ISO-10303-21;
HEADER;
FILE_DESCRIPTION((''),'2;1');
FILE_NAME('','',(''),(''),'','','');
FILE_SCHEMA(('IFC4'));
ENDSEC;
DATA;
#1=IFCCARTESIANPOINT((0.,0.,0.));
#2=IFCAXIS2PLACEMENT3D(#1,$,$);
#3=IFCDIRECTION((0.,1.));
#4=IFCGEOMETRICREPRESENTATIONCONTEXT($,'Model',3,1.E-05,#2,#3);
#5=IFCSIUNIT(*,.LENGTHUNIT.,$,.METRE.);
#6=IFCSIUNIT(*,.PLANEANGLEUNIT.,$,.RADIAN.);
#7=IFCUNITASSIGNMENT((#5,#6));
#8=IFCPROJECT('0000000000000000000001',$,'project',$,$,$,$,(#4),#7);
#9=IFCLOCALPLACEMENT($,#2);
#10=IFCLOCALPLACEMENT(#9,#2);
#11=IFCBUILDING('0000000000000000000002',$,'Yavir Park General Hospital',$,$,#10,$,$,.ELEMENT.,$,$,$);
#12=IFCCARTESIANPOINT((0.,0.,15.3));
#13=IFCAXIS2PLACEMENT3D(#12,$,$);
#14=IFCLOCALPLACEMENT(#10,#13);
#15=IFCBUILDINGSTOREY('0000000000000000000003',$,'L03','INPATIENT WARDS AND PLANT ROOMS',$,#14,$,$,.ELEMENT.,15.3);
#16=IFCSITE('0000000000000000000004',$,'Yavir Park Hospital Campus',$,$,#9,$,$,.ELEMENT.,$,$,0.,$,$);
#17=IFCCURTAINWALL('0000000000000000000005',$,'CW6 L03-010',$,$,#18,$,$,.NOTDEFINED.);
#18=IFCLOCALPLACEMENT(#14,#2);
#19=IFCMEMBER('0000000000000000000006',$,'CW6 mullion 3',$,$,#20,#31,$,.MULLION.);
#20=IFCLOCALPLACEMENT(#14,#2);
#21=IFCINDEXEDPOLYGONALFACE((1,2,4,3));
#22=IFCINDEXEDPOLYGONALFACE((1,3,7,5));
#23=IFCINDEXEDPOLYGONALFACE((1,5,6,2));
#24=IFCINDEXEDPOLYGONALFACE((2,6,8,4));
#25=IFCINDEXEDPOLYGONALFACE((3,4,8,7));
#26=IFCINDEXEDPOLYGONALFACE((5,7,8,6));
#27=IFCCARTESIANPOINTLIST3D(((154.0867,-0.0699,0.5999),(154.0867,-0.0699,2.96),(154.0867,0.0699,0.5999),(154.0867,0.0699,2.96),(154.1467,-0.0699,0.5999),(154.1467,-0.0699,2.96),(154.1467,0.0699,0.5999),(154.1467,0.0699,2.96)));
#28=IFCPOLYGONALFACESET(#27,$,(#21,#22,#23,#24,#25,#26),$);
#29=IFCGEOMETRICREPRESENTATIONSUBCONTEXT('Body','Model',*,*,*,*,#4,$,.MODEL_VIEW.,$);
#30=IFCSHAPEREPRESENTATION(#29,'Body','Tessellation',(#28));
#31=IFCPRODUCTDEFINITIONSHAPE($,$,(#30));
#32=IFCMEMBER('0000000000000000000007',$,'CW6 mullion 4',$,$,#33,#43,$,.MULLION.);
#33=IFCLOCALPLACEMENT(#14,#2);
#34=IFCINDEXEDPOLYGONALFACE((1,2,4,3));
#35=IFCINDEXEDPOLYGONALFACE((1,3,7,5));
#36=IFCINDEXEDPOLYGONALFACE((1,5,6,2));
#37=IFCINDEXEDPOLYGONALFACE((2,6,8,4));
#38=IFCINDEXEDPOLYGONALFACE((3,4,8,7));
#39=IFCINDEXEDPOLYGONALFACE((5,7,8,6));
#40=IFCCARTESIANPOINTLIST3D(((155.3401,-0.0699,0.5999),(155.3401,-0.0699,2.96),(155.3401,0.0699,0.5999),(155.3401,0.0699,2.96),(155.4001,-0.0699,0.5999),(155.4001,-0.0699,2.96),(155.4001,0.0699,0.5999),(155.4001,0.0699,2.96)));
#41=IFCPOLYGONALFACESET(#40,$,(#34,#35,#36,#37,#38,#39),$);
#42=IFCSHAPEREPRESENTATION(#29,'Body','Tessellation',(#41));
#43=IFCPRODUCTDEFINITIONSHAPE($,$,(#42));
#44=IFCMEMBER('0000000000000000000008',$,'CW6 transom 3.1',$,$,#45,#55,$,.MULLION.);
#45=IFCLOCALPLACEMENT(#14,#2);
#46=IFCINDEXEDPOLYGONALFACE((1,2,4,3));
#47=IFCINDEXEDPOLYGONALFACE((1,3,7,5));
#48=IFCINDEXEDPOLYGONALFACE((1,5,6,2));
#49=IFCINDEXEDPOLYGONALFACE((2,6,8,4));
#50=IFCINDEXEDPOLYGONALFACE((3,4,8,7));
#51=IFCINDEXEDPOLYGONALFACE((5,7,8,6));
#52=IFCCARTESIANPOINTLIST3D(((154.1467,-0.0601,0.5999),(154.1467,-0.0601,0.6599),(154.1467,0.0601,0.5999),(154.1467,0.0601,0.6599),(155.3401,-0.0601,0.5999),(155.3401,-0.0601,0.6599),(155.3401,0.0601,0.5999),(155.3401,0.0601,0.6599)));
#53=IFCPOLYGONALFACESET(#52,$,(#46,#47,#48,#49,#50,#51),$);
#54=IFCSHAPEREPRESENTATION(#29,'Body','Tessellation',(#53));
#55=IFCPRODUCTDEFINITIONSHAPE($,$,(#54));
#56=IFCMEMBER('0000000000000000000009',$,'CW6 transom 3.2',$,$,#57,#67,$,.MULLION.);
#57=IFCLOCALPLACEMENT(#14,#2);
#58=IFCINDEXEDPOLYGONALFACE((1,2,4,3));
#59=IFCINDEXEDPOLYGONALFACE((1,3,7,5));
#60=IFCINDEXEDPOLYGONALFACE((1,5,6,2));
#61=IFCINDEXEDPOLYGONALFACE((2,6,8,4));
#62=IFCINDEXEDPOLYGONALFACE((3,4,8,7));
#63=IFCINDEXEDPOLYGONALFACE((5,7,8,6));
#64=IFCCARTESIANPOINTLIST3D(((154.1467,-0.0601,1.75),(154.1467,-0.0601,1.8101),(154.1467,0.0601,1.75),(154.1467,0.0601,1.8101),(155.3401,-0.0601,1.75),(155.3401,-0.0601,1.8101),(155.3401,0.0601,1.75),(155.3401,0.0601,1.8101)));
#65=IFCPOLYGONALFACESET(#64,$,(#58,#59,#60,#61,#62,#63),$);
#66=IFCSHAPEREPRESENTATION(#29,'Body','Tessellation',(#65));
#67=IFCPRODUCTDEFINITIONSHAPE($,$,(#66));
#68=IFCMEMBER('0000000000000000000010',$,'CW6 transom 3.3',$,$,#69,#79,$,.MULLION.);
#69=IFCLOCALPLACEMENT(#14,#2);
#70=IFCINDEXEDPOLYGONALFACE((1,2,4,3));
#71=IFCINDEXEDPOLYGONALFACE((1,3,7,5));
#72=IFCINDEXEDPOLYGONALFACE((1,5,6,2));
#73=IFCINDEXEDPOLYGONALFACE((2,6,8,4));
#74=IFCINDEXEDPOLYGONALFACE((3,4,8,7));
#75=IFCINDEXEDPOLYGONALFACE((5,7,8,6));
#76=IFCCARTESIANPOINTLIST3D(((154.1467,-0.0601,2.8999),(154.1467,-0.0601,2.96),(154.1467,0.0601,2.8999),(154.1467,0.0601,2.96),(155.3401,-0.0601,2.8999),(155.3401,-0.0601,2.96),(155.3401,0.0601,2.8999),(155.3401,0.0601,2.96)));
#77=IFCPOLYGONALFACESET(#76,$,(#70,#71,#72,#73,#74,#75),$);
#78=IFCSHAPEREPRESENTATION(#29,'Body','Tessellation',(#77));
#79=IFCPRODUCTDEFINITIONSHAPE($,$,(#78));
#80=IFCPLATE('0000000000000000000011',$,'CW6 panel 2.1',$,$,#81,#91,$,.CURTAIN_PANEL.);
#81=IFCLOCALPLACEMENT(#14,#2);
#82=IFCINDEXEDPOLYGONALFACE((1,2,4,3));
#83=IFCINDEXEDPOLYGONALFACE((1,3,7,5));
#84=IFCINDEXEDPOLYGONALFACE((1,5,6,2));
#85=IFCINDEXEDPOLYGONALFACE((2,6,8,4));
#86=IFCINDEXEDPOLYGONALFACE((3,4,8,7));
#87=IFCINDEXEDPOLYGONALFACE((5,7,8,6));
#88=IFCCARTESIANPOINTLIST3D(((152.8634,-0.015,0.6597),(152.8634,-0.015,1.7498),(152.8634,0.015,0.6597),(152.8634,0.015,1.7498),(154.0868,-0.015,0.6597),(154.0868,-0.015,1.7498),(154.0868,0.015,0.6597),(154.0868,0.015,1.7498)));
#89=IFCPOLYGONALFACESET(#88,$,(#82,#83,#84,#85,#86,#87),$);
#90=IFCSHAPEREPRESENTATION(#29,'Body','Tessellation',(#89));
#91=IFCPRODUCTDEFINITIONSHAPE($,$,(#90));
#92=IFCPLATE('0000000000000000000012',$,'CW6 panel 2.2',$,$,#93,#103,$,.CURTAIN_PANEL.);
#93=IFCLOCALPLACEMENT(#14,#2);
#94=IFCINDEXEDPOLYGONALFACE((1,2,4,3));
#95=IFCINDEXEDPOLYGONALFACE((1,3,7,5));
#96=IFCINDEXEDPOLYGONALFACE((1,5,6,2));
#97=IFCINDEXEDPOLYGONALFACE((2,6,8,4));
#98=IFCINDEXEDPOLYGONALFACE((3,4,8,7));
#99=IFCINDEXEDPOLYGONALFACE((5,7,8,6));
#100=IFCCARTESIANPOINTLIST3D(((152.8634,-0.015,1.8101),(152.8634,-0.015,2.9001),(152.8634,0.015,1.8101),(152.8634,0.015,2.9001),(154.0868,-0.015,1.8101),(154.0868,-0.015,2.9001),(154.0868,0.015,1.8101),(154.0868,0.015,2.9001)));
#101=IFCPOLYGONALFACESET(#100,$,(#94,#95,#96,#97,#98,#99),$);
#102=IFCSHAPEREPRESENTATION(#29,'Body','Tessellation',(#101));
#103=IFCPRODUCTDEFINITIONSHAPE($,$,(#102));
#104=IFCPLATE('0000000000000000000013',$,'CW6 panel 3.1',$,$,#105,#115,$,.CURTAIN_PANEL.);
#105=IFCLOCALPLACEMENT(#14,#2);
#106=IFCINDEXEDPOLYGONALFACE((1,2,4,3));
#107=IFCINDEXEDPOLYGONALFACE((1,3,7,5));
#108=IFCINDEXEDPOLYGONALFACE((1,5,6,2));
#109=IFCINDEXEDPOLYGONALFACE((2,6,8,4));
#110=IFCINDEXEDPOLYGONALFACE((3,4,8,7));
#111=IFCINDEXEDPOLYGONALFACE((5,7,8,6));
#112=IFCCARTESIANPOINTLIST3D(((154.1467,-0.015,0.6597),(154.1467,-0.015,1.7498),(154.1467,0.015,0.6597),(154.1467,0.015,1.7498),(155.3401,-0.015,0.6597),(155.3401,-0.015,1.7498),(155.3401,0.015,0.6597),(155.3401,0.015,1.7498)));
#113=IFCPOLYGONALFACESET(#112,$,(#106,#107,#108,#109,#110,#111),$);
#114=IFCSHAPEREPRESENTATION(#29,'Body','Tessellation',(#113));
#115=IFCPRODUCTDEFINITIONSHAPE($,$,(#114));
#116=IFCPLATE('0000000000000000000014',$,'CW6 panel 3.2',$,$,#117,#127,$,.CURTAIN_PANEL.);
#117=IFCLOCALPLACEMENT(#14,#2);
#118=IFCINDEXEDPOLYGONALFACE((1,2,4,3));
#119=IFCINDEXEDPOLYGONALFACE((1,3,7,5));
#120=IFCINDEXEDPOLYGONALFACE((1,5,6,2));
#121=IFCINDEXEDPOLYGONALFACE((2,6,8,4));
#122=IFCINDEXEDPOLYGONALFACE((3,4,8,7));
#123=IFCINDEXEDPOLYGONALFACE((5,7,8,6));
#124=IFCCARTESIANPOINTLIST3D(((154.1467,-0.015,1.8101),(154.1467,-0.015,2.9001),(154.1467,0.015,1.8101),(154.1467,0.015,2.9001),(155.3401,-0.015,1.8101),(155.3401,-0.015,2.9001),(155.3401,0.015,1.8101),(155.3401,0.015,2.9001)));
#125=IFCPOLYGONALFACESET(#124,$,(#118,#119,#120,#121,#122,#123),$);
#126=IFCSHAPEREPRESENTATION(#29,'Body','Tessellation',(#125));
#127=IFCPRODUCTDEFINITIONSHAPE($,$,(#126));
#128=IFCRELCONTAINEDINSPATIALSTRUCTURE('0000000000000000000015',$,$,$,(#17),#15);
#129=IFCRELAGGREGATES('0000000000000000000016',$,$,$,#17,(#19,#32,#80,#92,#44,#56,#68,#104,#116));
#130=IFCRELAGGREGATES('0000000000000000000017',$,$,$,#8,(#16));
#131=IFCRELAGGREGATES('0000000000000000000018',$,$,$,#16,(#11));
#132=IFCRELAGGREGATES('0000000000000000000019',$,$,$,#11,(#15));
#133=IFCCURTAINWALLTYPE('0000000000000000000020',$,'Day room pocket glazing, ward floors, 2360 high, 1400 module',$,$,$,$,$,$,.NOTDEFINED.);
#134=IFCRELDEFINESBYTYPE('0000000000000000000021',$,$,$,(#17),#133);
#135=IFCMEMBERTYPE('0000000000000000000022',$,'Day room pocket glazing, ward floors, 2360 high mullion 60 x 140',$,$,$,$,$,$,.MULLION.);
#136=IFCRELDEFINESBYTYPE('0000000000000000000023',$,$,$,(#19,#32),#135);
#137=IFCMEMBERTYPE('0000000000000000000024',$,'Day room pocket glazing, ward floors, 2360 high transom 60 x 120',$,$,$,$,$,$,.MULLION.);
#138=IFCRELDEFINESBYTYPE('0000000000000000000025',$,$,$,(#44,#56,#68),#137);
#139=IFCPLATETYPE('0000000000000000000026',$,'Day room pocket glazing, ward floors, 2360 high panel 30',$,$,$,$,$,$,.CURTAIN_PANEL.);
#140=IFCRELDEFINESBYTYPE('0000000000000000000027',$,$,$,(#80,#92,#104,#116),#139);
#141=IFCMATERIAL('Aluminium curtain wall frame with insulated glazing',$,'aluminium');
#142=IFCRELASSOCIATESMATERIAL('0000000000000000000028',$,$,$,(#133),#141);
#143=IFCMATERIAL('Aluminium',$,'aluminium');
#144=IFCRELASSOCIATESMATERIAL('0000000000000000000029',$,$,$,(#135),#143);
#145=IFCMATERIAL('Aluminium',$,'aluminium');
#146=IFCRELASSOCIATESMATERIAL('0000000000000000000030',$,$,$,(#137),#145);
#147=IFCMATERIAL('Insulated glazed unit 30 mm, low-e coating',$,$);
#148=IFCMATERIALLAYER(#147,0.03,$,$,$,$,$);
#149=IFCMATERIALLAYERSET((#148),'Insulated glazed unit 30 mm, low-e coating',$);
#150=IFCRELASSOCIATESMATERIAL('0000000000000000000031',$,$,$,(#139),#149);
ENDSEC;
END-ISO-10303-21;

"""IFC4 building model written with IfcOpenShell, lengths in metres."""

from ifc_helpers import new_model, si_unit, direction, frame, origin, origin_2d, place, context, subcontext, project, spatial, rectangle, extrude, material, layer, layer_set, material_profile, profile_set, type_object, element, aggregate, save


model = new_model("IFC4")

# Units and contexts
model_context = context("Model", 3, precision=1e-05, world=origin(), true_north=direction((0.0, 1.0)))
body_context = subcontext(model_context, "Body", "Model", "MODEL_VIEW")
ifc_project = project(units=[si_unit("LENGTHUNIT", "METRE"), si_unit("PLANEANGLEUNIT", "RADIAN")], contexts=[model_context])

# Site, building, storey
site_placement = place(None, origin())
site = spatial("IfcSite", under=ifc_project, at=site_placement, Name="Yavir Park Hospital Campus", CompositionType="ELEMENT", RefElevation=0.0)
building_placement = place(site_placement, origin())
building = spatial("IfcBuilding", under=site, at=building_placement, Name="Yavir Park General Hospital", CompositionType="ELEMENT")
storey_placement = place(building_placement, frame((0.0, 0.0, 15.3)))
storey = spatial("IfcBuildingStorey", under=building, at=storey_placement, Name="L03", Description="INPATIENT WARDS AND PLANT ROOMS", CompositionType="ELEMENT", Elevation=15.3)

# Curtain wall, members, plates
ifc_material_1 = material(Name="Aluminium curtain wall frame with insulated glazing", Category="aluminium")
curtain_wall_type = type_object("IfcCurtainWallType", Name="Day room pocket glazing, ward floors, 2360 high, 1400 module", PredefinedType="NOTDEFINED", material=ifc_material_1)
curtain_wall_placement = place(storey_placement, origin())
curtain_wall = element("IfcCurtainWall", 1, at=curtain_wall_placement, inside=storey, type_object=curtain_wall_type, Name="CW6 L03-010", PredefinedType="NOTDEFINED")
ifc_material_2 = material(Name="Aluminium", Category="aluminium")
ifc_material_profile_1 = material_profile(ifc_material_2, rectangle(XDim=0.1399, YDim=0.0601, at=origin_2d()), Name="AL 60x140")
ifc_profile_set_1 = profile_set([ifc_material_profile_1], Name="Aluminium")
member_type_1 = type_object("IfcMemberType", Name="Day room pocket glazing, ward floors, 2360 high mullion 60 x 140", PredefinedType="MULLION", material=ifc_profile_set_1)
member_1_placement = place(storey_placement, frame((154.1167, 0.0, 0.5999), z_axis=(0.0, 0.0, 1.0), x_axis=(0.0, 1.0, 0.0)))
member_1 = element("IfcMember", 2, at=member_1_placement, type_object=member_type_1, Name="CW6 mullion 3", PredefinedType="MULLION", context=body_context, shape_type="SweptSolid", body=[
    extrude(rectangle(XDim=0.1399, YDim=0.0601, at=origin_2d()), origin(), (0.0, 0.0, 1.0), 2.3601),
])
member_2_placement = place(storey_placement, frame((155.3701, 0.0, 0.5999), z_axis=(0.0, 0.0, 1.0), x_axis=(0.0, 1.0, 0.0)))
member_2 = element("IfcMember", 3, at=member_2_placement, type_object=member_type_1, Name="CW6 mullion 4", PredefinedType="MULLION", context=body_context, shape_type="SweptSolid", body=[
    extrude(rectangle(XDim=0.1399, YDim=0.0601, at=origin_2d()), origin(), (0.0, 0.0, 1.0), 2.3601),
])
ifc_material_3 = material(Name="Aluminium", Category="aluminium")
ifc_material_profile_2 = material_profile(ifc_material_3, rectangle(XDim=0.1201, YDim=0.0601, at=origin_2d()), Name="AL 120x60")
ifc_profile_set_2 = profile_set([ifc_material_profile_2], Name="Aluminium")
member_type_2 = type_object("IfcMemberType", Name="Day room pocket glazing, ward floors, 2360 high transom 60 x 120", PredefinedType="MULLION", material=ifc_profile_set_2)
member_3_placement = place(storey_placement, frame((154.1467, 0.0, 0.6299), z_axis=(1.0, 0.0, 0.0), x_axis=(0.0, 1.0, 0.0)))
member_3 = element("IfcMember", 4, at=member_3_placement, type_object=member_type_2, Name="CW6 transom 3.1", PredefinedType="MULLION", context=body_context, shape_type="SweptSolid", body=[
    extrude(rectangle(XDim=0.1201, YDim=0.0601, at=origin_2d()), origin(), (0.0, 0.0, 1.0), 1.1934),
])
member_4_placement = place(storey_placement, frame((154.1467, 0.0, 1.78), z_axis=(1.0, 0.0, 0.0), x_axis=(0.0, 1.0, 0.0)))
member_4 = element("IfcMember", 5, at=member_4_placement, type_object=member_type_2, Name="CW6 transom 3.2", PredefinedType="MULLION", context=body_context, shape_type="SweptSolid", body=[
    extrude(rectangle(XDim=0.1201, YDim=0.0601, at=origin_2d()), origin(), (0.0, 0.0, 1.0), 1.1934),
])
member_5_placement = place(storey_placement, frame((154.1467, 0.0, 2.9299), z_axis=(1.0, 0.0, 0.0), x_axis=(0.0, 1.0, 0.0)))
member_5 = element("IfcMember", 6, at=member_5_placement, type_object=member_type_2, Name="CW6 transom 3.3", PredefinedType="MULLION", context=body_context, shape_type="SweptSolid", body=[
    extrude(rectangle(XDim=0.1201, YDim=0.0601, at=origin_2d()), origin(), (0.0, 0.0, 1.0), 1.1934),
])
ifc_material_4 = material(Name="Insulated glazed unit 30 mm, low-e coating")
ifc_layer_1 = layer(ifc_material_4, 0.03)
ifc_layer_set_1 = layer_set([ifc_layer_1], Name="Insulated glazed unit 30 mm, low-e coating")
plate_type = type_object("IfcPlateType", Name="Day room pocket glazing, ward floors, 2360 high panel 30", PredefinedType="CURTAIN_PANEL", material=ifc_layer_set_1)
plate_1_placement = place(storey_placement, frame((153.4751, 0.0, 0.6597), z_axis=(0.0, 0.0, 1.0), x_axis=(1.0, 0.0, 0.0)))
plate_1 = element("IfcPlate", 7, at=plate_1_placement, type_object=plate_type, Name="CW6 panel 2.1", PredefinedType="CURTAIN_PANEL", context=body_context, shape_type="SweptSolid", body=[
    extrude(rectangle(XDim=1.2234, YDim=0.03, at=origin_2d()), origin(), (0.0, 0.0, 1.0), 1.0901),
])
plate_2_placement = place(storey_placement, frame((153.4751, 0.0, 1.8101), z_axis=(0.0, 0.0, 1.0), x_axis=(1.0, 0.0, 0.0)))
plate_2 = element("IfcPlate", 8, at=plate_2_placement, type_object=plate_type, Name="CW6 panel 2.2", PredefinedType="CURTAIN_PANEL", context=body_context, shape_type="SweptSolid", body=[
    extrude(rectangle(XDim=1.2234, YDim=0.03, at=origin_2d()), origin(), (0.0, 0.0, 1.0), 1.0901),
])
plate_3_placement = place(storey_placement, frame((154.7434, 0.0, 0.6597), z_axis=(0.0, 0.0, 1.0), x_axis=(1.0, 0.0, 0.0)))
plate_3 = element("IfcPlate", 9, at=plate_3_placement, type_object=plate_type, Name="CW6 panel 3.1", PredefinedType="CURTAIN_PANEL", context=body_context, shape_type="SweptSolid", body=[
    extrude(rectangle(XDim=1.1934, YDim=0.03, at=origin_2d()), origin(), (0.0, 0.0, 1.0), 1.0901),
])
plate_4_placement = place(storey_placement, frame((154.7434, 0.0, 1.8101), z_axis=(0.0, 0.0, 1.0), x_axis=(1.0, 0.0, 0.0)))
plate_4 = element("IfcPlate", 10, at=plate_4_placement, type_object=plate_type, Name="CW6 panel 3.2", PredefinedType="CURTAIN_PANEL", context=body_context, shape_type="SweptSolid", body=[
    extrude(rectangle(XDim=1.1934, YDim=0.03, at=origin_2d()), origin(), (0.0, 0.0, 1.0), 1.0901),
])
aggregate(curtain_wall, [member_1, member_2, plate_1, plate_2, member_3, member_4, member_5, plate_3, plate_4])

save(model, "model.ifc")
